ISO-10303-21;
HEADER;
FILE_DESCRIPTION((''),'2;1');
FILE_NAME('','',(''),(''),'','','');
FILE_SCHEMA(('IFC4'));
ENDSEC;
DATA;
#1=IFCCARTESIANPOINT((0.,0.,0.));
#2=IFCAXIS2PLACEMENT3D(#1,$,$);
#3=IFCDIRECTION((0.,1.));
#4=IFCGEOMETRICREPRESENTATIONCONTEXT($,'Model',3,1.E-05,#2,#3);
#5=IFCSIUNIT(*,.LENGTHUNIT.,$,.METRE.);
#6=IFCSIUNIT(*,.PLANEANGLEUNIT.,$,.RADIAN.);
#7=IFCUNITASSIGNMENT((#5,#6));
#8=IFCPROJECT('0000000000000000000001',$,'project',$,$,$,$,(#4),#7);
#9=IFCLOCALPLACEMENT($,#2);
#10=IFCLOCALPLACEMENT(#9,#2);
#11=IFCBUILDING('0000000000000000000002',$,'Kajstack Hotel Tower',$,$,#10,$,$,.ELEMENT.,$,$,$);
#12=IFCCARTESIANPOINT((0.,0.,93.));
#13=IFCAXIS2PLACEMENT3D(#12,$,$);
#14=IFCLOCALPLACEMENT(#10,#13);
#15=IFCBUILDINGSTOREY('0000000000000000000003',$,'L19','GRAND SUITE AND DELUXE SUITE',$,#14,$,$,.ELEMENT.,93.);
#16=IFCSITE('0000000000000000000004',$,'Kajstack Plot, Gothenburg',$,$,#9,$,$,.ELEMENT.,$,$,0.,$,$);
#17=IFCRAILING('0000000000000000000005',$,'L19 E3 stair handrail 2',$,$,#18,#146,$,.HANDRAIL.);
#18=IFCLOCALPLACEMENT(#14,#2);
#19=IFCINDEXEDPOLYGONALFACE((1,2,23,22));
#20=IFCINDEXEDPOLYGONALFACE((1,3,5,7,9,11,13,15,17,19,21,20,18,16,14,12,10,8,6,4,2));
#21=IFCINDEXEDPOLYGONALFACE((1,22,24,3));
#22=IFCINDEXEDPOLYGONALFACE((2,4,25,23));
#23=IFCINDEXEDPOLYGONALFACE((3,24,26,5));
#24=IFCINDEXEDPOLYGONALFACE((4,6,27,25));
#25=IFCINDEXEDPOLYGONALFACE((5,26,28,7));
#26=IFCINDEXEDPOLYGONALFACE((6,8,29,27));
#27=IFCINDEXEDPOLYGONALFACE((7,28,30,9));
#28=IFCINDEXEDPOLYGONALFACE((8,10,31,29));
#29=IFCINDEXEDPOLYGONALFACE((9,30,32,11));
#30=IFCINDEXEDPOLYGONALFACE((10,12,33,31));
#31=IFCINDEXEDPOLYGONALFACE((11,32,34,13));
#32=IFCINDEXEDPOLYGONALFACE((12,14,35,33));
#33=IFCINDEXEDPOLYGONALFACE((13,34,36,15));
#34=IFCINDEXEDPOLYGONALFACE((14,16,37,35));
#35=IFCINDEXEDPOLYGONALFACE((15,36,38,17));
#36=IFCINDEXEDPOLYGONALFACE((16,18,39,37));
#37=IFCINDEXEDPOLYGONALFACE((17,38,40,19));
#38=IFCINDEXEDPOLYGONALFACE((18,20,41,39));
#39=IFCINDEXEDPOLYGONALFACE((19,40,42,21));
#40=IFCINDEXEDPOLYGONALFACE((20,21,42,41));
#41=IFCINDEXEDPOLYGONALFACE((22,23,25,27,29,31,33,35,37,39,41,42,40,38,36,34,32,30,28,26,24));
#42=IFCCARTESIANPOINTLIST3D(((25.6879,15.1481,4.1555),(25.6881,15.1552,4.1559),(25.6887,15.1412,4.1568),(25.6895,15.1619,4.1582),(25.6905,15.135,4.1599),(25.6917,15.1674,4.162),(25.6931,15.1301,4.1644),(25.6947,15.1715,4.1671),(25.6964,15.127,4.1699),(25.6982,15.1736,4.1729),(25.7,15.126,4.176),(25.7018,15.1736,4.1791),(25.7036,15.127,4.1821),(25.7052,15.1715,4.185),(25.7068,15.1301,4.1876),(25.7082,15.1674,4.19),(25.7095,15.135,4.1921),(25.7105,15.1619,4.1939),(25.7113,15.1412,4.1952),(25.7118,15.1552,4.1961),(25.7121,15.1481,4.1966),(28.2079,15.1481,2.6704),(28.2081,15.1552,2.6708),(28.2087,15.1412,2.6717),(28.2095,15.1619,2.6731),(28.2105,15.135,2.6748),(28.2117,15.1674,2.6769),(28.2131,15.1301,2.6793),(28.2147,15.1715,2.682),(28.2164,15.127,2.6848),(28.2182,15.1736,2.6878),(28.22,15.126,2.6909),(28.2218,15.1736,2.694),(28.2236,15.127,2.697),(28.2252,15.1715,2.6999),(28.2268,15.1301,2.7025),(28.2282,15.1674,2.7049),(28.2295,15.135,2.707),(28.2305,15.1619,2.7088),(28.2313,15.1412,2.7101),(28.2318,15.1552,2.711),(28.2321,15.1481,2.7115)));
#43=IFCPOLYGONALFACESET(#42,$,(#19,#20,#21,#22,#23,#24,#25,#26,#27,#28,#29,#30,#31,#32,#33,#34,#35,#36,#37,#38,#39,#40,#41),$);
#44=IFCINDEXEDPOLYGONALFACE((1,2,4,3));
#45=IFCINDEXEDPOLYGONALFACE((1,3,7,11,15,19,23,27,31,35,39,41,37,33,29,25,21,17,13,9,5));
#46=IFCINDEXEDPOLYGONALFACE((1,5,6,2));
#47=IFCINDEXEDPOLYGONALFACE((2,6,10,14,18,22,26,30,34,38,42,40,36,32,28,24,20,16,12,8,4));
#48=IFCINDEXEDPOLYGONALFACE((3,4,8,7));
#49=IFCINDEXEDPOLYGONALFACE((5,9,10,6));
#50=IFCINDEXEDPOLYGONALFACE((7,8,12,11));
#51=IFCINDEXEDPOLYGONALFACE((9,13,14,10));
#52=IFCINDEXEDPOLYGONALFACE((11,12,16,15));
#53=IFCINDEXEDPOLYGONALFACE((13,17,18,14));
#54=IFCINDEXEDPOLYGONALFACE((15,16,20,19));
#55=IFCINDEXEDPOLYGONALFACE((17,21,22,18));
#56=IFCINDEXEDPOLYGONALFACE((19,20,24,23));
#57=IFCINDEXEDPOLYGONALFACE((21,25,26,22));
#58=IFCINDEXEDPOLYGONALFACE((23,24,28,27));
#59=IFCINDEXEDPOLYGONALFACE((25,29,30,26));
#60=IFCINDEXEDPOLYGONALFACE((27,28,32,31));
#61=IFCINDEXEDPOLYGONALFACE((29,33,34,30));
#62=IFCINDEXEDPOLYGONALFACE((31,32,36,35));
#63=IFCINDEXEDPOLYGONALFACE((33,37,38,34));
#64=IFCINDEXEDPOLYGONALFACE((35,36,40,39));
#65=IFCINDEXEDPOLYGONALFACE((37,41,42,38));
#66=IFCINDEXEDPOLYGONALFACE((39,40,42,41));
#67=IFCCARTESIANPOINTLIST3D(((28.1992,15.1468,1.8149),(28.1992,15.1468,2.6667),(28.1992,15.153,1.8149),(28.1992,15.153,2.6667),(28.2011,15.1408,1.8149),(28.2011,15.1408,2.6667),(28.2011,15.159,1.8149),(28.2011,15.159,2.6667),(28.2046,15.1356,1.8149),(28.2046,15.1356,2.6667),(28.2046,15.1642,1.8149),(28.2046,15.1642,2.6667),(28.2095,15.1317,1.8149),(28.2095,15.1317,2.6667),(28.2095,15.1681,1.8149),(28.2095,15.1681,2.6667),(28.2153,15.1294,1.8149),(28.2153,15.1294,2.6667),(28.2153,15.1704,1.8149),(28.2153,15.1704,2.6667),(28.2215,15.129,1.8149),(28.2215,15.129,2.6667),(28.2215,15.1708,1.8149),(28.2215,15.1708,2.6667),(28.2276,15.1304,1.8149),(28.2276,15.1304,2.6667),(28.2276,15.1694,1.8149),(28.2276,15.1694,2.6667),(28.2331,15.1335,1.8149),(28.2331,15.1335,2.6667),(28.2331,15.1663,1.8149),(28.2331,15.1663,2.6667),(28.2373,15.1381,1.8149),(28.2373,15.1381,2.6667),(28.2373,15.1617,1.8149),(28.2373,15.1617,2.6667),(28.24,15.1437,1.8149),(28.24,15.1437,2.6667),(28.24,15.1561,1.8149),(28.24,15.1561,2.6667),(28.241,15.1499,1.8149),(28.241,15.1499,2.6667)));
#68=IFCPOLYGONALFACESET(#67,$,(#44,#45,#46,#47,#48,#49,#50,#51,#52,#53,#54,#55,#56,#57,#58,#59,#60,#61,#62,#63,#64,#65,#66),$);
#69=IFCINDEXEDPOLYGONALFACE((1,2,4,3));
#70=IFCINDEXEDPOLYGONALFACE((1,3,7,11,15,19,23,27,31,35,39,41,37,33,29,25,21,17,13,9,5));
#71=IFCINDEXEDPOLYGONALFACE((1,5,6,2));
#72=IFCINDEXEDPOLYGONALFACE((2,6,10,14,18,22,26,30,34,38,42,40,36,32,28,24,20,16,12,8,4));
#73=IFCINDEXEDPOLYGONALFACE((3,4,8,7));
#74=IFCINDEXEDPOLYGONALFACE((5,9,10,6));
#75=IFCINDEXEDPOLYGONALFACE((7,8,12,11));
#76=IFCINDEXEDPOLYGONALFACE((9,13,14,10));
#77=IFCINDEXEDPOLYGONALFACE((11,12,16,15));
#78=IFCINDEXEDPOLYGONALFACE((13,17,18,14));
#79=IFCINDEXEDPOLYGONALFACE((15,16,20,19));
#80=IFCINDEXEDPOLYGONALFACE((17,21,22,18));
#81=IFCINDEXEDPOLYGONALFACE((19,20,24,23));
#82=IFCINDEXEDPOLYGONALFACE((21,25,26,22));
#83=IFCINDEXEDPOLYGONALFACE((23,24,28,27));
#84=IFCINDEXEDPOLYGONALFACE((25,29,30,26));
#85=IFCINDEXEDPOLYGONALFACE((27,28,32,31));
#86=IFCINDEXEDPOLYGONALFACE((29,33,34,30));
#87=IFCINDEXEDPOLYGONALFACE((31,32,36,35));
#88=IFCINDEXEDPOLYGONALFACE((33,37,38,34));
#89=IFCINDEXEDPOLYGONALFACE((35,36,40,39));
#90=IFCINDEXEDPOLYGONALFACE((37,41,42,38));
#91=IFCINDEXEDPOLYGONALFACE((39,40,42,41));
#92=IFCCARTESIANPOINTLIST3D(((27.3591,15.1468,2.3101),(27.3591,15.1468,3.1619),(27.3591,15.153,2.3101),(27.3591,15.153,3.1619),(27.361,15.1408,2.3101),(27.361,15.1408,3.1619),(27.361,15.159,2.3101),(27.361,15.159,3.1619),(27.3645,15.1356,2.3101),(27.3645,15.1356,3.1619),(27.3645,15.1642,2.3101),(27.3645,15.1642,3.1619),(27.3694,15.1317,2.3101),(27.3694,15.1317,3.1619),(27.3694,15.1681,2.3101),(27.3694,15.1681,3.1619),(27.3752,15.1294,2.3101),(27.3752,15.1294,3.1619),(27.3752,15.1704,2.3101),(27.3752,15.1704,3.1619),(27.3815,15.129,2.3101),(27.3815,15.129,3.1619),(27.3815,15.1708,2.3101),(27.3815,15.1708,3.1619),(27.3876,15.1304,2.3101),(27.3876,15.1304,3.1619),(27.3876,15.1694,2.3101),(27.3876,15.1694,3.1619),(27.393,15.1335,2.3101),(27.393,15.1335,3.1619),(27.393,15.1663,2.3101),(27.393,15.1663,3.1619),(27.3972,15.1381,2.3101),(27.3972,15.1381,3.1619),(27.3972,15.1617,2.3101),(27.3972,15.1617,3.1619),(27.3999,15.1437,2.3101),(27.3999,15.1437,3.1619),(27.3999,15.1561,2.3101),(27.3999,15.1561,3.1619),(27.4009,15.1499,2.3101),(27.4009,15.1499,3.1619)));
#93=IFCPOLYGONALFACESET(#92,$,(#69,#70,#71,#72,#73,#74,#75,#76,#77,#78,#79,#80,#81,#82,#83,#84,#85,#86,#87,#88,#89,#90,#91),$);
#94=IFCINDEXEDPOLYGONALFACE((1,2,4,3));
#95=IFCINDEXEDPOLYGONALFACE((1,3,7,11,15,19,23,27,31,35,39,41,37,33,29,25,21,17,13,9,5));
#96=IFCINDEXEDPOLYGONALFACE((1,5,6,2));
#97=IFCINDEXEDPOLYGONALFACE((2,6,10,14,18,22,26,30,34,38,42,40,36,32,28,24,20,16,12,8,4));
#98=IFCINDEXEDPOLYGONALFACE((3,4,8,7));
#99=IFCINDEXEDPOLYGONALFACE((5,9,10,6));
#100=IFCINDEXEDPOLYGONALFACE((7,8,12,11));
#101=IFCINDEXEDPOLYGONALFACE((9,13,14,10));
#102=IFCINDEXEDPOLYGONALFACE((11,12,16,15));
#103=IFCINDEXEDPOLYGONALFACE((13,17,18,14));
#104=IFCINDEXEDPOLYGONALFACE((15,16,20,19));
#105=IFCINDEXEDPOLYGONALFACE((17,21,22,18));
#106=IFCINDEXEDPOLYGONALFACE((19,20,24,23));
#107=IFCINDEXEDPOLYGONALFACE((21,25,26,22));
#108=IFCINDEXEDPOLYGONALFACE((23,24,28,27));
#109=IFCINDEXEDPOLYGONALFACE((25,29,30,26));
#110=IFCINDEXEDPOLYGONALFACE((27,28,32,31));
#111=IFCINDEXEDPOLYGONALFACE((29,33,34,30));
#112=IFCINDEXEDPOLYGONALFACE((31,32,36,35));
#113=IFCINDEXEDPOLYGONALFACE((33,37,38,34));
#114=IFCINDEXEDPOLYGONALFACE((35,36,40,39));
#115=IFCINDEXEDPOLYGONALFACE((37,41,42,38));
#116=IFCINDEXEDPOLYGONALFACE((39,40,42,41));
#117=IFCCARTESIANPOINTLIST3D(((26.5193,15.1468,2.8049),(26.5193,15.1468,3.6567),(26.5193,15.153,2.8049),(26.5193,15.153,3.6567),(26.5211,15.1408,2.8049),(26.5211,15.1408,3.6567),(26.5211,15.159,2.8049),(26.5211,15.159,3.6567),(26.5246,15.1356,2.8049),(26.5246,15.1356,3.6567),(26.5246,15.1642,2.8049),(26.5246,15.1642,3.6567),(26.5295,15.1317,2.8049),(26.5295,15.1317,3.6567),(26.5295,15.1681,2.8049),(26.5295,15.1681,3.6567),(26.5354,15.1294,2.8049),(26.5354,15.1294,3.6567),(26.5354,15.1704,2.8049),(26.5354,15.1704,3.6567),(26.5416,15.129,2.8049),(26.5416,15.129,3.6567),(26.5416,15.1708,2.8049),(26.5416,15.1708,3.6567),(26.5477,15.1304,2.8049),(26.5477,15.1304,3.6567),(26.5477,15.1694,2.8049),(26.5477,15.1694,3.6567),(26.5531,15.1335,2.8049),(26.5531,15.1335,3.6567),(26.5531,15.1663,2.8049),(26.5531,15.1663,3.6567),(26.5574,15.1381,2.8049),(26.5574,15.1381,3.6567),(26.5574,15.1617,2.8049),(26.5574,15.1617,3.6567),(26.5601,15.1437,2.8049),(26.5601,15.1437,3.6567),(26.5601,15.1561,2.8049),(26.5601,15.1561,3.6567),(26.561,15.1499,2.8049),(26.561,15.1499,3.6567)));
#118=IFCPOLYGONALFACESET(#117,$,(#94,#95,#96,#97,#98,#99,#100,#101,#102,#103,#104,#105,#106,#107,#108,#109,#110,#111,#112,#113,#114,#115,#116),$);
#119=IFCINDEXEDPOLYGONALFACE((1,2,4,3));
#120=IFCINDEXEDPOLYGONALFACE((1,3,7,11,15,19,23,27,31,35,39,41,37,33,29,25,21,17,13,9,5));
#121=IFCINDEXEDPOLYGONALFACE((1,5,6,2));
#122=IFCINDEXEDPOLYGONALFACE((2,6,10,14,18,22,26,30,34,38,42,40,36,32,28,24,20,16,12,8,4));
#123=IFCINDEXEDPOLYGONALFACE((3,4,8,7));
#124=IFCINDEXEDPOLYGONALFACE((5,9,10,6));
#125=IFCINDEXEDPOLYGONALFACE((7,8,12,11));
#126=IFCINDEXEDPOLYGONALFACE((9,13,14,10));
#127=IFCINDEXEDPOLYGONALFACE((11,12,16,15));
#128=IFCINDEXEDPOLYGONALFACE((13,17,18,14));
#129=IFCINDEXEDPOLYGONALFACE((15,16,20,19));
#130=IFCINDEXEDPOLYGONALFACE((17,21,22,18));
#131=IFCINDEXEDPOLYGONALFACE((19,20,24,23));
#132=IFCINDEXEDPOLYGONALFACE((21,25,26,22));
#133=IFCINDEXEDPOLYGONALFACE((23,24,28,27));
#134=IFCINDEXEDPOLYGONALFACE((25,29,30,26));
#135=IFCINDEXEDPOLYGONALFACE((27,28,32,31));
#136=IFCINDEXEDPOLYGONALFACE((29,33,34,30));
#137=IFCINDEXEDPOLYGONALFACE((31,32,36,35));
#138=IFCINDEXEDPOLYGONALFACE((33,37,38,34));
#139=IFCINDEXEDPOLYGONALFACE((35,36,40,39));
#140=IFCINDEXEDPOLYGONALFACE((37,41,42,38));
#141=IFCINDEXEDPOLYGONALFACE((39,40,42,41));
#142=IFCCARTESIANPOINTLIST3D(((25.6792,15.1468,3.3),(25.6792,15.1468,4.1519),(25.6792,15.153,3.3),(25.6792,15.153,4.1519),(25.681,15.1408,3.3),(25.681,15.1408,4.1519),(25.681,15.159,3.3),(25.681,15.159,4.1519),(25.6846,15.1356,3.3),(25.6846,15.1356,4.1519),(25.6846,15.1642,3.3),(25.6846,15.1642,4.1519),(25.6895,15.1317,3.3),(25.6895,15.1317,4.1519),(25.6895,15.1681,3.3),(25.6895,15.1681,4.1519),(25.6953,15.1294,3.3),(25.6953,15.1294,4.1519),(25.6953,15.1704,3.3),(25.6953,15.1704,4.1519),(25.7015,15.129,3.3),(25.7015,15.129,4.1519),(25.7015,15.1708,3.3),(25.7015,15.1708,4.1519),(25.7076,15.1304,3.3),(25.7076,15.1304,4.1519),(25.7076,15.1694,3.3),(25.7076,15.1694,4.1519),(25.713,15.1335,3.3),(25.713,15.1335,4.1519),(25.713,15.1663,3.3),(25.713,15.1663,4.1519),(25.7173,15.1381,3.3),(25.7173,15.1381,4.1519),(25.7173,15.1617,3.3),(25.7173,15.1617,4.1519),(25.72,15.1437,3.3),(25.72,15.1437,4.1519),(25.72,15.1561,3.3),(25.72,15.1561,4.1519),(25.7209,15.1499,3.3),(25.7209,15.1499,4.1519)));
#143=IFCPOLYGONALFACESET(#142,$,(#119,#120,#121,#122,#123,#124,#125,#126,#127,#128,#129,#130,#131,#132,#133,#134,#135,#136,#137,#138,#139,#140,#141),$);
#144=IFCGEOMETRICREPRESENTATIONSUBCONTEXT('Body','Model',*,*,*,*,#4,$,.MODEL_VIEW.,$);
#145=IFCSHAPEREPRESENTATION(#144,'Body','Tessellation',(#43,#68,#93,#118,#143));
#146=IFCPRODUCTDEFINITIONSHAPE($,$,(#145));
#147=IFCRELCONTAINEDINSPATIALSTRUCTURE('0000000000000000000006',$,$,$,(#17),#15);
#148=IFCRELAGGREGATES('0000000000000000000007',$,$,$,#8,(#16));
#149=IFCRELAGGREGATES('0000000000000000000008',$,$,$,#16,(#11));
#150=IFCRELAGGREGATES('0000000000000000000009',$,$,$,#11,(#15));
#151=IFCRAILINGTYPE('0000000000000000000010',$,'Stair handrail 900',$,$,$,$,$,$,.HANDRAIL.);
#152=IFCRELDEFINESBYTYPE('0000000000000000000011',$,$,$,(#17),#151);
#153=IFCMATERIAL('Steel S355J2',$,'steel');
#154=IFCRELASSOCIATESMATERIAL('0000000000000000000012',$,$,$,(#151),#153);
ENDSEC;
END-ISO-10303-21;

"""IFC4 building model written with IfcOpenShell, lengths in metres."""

from ifc_helpers import new_model, si_unit, direction, frame, origin, origin_2d, place, context, subcontext, project, spatial, circle, extrude, material, type_object, element, save


model = new_model("IFC4")

# Units and contexts
model_context = context("Model", 3, precision=1e-05, world=origin(), true_north=direction((0.0, 1.0)))
body_context = subcontext(model_context, "Body", "Model", "MODEL_VIEW")
ifc_project = project(units=[si_unit("LENGTHUNIT", "METRE"), si_unit("PLANEANGLEUNIT", "RADIAN")], contexts=[model_context])

# Site, building, storey
site_placement = place(None, origin())
site = spatial("IfcSite", under=ifc_project, at=site_placement, Name="Kajstack Plot, Gothenburg", CompositionType="ELEMENT", RefElevation=0.0)
building_placement = place(site_placement, origin())
building = spatial("IfcBuilding", under=site, at=building_placement, Name="Kajstack Hotel Tower", CompositionType="ELEMENT")
storey_placement = place(building_placement, frame((0.0, 0.0, 93.0)))
storey = spatial("IfcBuildingStorey", under=building, at=storey_placement, Name="L19", Description="GRAND SUITE AND DELUXE SUITE", CompositionType="ELEMENT", Elevation=93.0)

# Railing
ifc_material_1 = material(Name="Steel S355J2", Category="steel")
railing_type_1 = type_object("IfcRailingType", Name="Stair handrail 900", PredefinedType="HANDRAIL", material=ifc_material_1)
railing_1_placement = place(storey_placement, frame((28.22, 15.1499, 1.8149)))
element("IfcRailing", 1, at=railing_1_placement, inside=storey, type_object=railing_type_1, Name="L19 E3 stair handrail 2", PredefinedType="HANDRAIL", context=body_context, shape_type="SweptSolid", body=[
    extrude(circle(Radius=0.0239, at=origin_2d()), frame((0.0, 0.0, 0.876), z_axis=(-0.861524, 0.0, 0.507717), x_axis=(0.0, -1.0, 0.0)), (0.0, 0.0, 1.0), 2.925),
    extrude(circle(Radius=0.021, at=origin_2d()), origin(), (0.0, 0.0, 1.0), 0.8518),
    extrude(circle(Radius=0.021, at=origin_2d()), frame((-0.8401, 0.0, 0.4951)), (0.0, 0.0, 1.0), 0.8518),
    extrude(circle(Radius=0.021, at=origin_2d()), frame((-1.6799, 0.0, 0.99)), (0.0, 0.0, 1.0), 0.8518),
    extrude(circle(Radius=0.021, at=origin_2d()), frame((-2.52, 0.0, 1.4851)), (0.0, 0.0, 1.0), 0.8518),
])

save(model, "model.ifc")
